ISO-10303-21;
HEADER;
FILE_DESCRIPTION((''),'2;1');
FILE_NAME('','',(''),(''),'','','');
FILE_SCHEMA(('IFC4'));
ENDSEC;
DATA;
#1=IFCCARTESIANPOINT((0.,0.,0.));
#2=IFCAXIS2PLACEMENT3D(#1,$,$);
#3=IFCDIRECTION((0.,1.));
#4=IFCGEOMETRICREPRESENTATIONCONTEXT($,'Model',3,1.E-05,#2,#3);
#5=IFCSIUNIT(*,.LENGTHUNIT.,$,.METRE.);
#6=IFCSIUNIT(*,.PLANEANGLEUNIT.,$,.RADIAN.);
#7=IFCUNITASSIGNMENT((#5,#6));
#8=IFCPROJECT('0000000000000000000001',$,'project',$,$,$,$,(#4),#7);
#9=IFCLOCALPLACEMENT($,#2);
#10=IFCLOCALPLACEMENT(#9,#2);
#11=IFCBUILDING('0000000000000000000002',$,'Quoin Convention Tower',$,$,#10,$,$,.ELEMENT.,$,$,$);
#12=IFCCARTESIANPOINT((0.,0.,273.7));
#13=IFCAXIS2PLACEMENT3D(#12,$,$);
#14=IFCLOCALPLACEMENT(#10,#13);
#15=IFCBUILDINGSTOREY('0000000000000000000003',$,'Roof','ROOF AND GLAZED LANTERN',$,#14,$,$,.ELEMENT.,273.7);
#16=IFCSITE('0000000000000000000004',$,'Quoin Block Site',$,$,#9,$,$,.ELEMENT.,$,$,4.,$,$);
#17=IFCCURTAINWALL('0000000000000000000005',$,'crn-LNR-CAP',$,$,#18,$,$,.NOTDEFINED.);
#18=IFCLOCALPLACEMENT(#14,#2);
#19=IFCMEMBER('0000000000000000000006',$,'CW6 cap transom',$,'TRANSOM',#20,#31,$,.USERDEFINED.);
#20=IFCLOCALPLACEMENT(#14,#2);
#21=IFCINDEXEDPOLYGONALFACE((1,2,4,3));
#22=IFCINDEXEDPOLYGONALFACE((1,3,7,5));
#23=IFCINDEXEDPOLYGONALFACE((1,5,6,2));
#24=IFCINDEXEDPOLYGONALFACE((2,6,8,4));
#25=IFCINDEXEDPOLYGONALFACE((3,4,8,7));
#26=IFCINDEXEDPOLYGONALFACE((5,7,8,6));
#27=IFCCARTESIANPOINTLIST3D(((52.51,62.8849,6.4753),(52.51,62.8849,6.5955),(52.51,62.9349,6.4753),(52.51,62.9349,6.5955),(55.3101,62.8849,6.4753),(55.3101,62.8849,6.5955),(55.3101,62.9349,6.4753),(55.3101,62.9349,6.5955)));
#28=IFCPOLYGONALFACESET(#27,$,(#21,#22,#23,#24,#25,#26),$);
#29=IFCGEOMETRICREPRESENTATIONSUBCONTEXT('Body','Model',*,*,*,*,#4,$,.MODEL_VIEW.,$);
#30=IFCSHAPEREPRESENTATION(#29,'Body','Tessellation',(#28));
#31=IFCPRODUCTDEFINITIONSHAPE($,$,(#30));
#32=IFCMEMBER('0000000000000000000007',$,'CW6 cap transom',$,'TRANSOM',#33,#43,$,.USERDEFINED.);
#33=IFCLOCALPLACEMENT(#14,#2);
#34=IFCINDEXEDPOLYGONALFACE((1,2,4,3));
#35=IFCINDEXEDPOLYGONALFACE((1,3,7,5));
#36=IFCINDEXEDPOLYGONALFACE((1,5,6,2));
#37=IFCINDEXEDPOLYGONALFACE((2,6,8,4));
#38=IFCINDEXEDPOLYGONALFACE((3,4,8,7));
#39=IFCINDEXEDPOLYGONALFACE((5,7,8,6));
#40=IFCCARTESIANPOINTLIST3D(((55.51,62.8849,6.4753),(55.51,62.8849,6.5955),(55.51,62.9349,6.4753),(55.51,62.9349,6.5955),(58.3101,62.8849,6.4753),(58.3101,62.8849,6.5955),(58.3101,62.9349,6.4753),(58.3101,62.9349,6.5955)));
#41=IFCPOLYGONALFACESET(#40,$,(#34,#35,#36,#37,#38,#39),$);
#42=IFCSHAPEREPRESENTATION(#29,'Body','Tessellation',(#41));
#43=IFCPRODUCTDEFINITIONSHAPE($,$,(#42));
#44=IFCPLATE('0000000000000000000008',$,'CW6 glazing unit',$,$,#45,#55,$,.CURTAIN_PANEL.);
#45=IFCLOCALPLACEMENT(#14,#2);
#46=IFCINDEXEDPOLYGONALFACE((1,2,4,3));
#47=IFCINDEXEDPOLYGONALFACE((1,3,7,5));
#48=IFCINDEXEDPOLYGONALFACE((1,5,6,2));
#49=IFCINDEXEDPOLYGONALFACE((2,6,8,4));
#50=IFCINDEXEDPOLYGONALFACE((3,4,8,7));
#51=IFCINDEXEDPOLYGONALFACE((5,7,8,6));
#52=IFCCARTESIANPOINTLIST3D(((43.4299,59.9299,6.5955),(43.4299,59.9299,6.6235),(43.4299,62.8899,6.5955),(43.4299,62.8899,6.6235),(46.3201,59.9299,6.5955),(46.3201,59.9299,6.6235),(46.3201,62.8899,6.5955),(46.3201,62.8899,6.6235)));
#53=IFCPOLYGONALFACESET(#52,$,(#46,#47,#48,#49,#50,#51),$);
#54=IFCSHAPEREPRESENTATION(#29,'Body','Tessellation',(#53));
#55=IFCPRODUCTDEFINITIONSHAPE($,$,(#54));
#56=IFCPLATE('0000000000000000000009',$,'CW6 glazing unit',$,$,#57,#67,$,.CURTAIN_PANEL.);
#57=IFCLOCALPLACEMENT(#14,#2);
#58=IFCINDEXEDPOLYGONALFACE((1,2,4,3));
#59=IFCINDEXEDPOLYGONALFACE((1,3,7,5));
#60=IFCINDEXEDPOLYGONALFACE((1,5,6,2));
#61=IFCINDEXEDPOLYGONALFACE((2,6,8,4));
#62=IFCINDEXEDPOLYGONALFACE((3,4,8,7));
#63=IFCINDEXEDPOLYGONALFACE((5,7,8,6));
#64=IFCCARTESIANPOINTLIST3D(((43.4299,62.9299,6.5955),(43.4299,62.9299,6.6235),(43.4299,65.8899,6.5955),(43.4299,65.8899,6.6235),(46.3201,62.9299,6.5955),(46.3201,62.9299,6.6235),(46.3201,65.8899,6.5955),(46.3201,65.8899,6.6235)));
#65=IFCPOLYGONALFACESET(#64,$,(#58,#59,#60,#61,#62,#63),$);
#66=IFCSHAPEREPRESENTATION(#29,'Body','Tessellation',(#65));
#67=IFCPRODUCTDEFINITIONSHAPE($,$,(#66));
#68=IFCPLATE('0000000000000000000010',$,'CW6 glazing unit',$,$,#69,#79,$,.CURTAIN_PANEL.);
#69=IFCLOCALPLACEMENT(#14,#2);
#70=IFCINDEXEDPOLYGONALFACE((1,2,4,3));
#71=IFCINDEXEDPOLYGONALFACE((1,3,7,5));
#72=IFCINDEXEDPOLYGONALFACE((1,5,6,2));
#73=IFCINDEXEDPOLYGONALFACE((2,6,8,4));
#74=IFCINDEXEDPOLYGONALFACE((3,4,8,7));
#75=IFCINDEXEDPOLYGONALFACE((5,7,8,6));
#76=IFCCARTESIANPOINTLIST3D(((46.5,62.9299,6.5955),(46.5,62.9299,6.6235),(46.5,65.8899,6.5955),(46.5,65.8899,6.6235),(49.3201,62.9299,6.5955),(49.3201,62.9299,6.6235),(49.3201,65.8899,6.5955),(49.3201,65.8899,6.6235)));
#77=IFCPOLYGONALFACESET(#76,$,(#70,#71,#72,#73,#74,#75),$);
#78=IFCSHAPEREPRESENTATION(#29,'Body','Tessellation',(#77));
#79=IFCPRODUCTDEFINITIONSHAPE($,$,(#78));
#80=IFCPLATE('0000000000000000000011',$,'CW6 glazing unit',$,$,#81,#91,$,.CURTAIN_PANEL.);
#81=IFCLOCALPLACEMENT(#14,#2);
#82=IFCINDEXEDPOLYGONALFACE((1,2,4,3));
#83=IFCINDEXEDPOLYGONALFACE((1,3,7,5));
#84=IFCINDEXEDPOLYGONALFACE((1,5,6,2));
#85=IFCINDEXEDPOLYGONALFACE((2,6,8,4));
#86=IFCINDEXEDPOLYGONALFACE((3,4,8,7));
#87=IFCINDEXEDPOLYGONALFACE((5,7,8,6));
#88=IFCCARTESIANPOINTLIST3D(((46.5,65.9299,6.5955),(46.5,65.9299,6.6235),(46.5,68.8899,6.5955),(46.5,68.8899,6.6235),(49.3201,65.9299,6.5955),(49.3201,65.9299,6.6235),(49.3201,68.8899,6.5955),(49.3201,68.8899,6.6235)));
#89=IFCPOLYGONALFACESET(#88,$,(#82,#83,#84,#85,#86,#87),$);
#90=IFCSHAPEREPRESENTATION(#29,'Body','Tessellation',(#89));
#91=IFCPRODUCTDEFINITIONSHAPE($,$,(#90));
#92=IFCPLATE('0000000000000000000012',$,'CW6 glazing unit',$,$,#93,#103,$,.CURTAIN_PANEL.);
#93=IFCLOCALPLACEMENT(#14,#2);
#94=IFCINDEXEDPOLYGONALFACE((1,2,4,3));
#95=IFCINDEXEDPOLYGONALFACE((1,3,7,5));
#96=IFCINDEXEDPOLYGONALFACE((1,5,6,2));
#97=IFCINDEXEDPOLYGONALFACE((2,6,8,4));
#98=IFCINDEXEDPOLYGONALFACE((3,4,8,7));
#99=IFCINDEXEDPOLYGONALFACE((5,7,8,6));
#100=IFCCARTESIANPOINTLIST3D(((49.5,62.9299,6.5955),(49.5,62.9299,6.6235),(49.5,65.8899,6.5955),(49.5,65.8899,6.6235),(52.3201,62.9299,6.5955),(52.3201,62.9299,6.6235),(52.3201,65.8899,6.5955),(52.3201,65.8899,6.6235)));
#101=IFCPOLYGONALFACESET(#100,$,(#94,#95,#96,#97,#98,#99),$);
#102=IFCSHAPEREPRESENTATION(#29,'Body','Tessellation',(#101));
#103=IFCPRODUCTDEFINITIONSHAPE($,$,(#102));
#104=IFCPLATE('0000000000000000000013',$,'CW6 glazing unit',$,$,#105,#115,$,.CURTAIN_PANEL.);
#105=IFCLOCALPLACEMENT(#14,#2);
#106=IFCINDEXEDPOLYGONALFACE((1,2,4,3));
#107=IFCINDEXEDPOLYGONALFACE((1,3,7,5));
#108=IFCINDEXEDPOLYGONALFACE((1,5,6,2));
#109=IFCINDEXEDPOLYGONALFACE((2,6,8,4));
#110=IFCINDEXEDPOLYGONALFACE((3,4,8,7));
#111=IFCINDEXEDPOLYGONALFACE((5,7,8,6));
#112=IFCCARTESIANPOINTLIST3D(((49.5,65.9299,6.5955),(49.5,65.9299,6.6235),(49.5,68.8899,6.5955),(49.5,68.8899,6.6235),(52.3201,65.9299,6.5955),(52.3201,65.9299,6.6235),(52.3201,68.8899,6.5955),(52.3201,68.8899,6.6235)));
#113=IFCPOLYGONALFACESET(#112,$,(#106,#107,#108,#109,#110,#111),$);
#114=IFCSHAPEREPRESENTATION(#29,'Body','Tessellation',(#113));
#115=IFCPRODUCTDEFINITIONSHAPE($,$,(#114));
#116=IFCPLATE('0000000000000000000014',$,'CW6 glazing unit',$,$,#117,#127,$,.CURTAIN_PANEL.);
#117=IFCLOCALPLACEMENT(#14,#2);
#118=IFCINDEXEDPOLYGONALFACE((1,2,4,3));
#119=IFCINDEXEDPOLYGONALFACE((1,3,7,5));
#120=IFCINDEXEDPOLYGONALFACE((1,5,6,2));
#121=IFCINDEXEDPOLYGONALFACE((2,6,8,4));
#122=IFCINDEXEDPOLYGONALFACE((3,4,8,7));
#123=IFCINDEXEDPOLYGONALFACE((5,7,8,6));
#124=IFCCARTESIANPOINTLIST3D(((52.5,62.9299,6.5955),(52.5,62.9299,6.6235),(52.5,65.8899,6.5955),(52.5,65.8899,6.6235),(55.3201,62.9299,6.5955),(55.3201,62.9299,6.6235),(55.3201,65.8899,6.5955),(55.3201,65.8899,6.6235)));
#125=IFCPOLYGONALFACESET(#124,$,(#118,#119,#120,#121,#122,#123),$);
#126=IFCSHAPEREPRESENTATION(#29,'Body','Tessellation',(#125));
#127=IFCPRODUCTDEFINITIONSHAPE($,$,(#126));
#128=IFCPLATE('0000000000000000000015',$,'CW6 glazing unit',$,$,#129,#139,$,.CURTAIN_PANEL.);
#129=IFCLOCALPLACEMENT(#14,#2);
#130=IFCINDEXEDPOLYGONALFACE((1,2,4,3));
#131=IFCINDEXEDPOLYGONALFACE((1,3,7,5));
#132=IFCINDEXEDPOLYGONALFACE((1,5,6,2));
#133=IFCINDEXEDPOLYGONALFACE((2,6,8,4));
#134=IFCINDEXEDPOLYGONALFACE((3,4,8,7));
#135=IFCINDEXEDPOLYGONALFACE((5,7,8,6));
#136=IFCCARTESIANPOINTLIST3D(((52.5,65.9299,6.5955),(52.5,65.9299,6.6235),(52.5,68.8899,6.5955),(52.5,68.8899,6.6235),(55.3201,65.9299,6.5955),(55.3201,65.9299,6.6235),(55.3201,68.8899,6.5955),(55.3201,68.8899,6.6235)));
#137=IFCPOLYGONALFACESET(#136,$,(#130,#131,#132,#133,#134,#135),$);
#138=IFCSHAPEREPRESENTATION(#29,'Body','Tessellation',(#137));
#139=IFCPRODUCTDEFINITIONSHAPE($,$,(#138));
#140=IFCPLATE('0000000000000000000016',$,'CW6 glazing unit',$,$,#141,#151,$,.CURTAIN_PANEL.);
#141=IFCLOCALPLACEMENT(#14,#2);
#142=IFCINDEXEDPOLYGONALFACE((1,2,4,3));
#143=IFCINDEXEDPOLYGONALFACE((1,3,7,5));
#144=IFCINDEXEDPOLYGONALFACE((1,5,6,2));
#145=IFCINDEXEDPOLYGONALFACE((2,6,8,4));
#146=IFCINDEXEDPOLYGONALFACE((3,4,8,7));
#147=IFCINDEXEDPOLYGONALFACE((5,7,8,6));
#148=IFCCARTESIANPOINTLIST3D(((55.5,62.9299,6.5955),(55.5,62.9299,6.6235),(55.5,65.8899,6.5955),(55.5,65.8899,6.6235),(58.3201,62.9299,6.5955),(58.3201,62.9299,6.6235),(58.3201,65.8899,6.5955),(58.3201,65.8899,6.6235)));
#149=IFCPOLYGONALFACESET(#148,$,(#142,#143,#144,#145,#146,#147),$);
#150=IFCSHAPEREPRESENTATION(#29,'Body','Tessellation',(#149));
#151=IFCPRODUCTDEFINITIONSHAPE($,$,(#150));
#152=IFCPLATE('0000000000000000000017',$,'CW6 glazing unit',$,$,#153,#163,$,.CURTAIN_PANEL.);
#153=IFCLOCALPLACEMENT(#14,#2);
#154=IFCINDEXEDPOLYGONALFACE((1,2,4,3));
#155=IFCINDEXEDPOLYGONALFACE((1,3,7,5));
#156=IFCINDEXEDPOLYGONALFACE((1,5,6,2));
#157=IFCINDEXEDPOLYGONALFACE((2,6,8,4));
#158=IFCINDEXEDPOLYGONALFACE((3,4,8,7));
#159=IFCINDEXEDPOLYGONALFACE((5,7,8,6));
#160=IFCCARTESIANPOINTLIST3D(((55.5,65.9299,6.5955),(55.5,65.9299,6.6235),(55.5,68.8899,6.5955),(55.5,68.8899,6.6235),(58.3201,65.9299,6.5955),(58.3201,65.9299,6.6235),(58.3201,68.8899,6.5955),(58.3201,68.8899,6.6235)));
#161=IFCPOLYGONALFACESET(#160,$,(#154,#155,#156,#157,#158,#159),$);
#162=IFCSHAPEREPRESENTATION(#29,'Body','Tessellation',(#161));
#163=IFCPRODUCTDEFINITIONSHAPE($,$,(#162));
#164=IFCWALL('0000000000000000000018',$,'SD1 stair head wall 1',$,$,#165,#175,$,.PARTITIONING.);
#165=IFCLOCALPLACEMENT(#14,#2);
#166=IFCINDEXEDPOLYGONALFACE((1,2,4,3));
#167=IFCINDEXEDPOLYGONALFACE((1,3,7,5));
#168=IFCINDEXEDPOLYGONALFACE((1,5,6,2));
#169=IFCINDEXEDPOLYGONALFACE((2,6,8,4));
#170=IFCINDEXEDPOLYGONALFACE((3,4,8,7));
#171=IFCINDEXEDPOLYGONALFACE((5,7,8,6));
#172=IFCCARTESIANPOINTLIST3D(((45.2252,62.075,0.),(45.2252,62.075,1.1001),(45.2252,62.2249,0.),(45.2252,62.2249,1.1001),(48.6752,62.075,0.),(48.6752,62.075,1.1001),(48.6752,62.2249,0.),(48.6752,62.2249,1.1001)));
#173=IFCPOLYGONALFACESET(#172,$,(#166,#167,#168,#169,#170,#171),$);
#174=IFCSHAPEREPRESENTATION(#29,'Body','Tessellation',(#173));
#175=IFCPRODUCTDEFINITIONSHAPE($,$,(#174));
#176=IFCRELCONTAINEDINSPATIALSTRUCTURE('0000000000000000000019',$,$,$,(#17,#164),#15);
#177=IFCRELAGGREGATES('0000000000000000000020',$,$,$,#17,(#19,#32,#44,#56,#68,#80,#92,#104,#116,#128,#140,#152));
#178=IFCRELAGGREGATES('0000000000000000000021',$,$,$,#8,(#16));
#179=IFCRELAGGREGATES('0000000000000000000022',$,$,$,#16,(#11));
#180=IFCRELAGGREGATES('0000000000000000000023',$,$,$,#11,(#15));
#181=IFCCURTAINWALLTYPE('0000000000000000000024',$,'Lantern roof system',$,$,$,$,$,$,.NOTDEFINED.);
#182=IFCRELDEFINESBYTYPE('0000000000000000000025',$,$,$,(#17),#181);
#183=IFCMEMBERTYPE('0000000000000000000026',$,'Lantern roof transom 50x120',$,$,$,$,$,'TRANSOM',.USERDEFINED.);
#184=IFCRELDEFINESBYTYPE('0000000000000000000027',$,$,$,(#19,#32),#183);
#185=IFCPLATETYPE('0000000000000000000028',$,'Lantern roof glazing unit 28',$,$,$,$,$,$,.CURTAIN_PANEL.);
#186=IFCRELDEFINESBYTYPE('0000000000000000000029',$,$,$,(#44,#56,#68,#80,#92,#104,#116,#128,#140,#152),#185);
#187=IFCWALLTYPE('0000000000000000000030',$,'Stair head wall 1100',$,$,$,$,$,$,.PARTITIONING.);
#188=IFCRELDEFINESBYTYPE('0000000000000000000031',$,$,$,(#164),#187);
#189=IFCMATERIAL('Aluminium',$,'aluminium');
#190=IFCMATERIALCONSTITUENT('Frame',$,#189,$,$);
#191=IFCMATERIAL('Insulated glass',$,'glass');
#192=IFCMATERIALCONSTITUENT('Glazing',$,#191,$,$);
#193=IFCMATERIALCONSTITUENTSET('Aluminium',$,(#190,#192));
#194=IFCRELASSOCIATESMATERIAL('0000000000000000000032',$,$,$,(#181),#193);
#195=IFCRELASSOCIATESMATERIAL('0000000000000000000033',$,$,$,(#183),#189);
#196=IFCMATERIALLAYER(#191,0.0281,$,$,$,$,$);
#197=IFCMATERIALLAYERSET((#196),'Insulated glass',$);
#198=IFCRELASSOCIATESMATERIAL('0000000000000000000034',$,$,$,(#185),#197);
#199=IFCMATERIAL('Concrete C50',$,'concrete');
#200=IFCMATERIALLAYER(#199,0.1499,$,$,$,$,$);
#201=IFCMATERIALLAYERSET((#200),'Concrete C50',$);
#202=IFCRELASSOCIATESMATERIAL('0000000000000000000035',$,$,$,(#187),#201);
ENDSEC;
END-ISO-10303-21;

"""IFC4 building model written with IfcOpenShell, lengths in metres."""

from ifc_helpers import new_model, si_unit, direction, frame, frame_2d, origin, origin_2d, place, context, subcontext, project, spatial, polyline, rectangle, outline, extrude, material, layer, layer_set, constituent, constituent_set, material_profile, profile_set, type_object, element, aggregate, save


model = new_model("IFC4")

# Units and contexts
model_context = context("Model", 3, precision=1e-05, world=origin(), true_north=direction((0.0, 1.0)))
body_context = subcontext(model_context, "Body", "Model", "MODEL_VIEW")
ifc_project = project(units=[si_unit("LENGTHUNIT", "METRE"), si_unit("PLANEANGLEUNIT", "RADIAN")], contexts=[model_context])

# Site, building, storey
site_placement = place(None, origin())
site = spatial("IfcSite", under=ifc_project, at=site_placement, Name="Quoin Block Site", CompositionType="ELEMENT", RefElevation=4.0)
building_placement = place(site_placement, origin())
building = spatial("IfcBuilding", under=site, at=building_placement, Name="Quoin Convention Tower", CompositionType="ELEMENT")
storey_placement = place(building_placement, frame((0.0, 0.0, 273.7)))
storey = spatial("IfcBuildingStorey", under=building, at=storey_placement, Name="Roof", Description="ROOF AND GLAZED LANTERN", CompositionType="ELEMENT", Elevation=273.7)

# Curtain wall, members, plates
ifc_material_1 = material(Name="Aluminium", Category="aluminium")
ifc_constituent_1 = constituent(ifc_material_1, Name="Frame")
ifc_material_2 = material(Name="Insulated glass", Category="glass")
ifc_constituent_2 = constituent(ifc_material_2, Name="Glazing")
ifc_constituent_set = constituent_set(constituents=[ifc_constituent_1, ifc_constituent_2], Name="Aluminium")
curtain_wall_type = type_object("IfcCurtainWallType", Name="Lantern roof system", PredefinedType="NOTDEFINED", material=ifc_constituent_set)
curtain_wall_placement = place(storey_placement, origin())
curtain_wall = element("IfcCurtainWall", 1, at=curtain_wall_placement, inside=storey, type_object=curtain_wall_type, Name="crn-LNR-CAP", PredefinedType="NOTDEFINED")
ifc_material_profile_1 = material_profile(ifc_material_1, rectangle(XDim=0.1201, YDim=0.05, at=origin_2d()), Name="Lantern roof transom 50x120")
ifc_profile_set_1 = profile_set([ifc_material_profile_1], Name="Aluminium")
member_type_1 = type_object("IfcMemberType", Name="Lantern roof transom 50x120", ElementType="TRANSOM", PredefinedType="USERDEFINED", material=ifc_profile_set_1)
member_1_placement = place(storey_placement, frame((52.51, 62.9099, 6.5354), z_axis=(1.0, 0.0, 0.0), x_axis=(0.0, 0.0, 1.0)))
member_1 = element("IfcMember", 2, at=member_1_placement, type_object=member_type_1, Name="CW6 cap transom", ObjectType="TRANSOM", PredefinedType="USERDEFINED", context=body_context, shape_type="SweptSolid", body=[
    extrude(rectangle(XDim=0.1201, YDim=0.05, at=origin_2d()), origin(), (0.0, 0.0, 1.0), 2.8),
])
member_2_placement = place(storey_placement, frame((55.51, 62.9099, 6.5354), z_axis=(1.0, 0.0, 0.0), x_axis=(0.0, 0.0, 1.0)))
member_2 = element("IfcMember", 3, at=member_2_placement, type_object=member_type_1, Name="CW6 cap transom", ObjectType="TRANSOM", PredefinedType="USERDEFINED", context=body_context, shape_type="SweptSolid", body=[
    extrude(rectangle(XDim=0.1201, YDim=0.05, at=origin_2d()), origin(), (0.0, 0.0, 1.0), 2.8),
])
ifc_layer_1 = layer(ifc_material_2, 0.0281)
ifc_layer_set_1 = layer_set([ifc_layer_1], Name="Insulated glass")
plate_type = type_object("IfcPlateType", Name="Lantern roof glazing unit 28", PredefinedType="CURTAIN_PANEL", material=ifc_layer_set_1)
plate_1_placement = place(storey_placement, frame((46.3201, 62.8899, 6.6235), z_axis=(0.0, 0.0, 1.0), x_axis=(0.0, -1.0, 0.0)))
plate_1 = element("IfcPlate", 4, at=plate_1_placement, type_object=plate_type, Name="CW6 glazing unit", PredefinedType="CURTAIN_PANEL", context=body_context, shape_type="SweptSolid", body=[
    extrude(outline(polyline([(0.0, 0.0), (2.96, 0.0), (2.96, -2.8901), (0.0, -2.8901), (0.0, 0.0)])), origin(), (0.0, 0.0, -1.0), 0.0281),
])
plate_2_placement = place(storey_placement, frame((46.3201, 65.8899, 6.6235), z_axis=(0.0, 0.0, 1.0), x_axis=(0.0, -1.0, 0.0)))
plate_2 = element("IfcPlate", 5, at=plate_2_placement, type_object=plate_type, Name="CW6 glazing unit", PredefinedType="CURTAIN_PANEL", context=body_context, shape_type="SweptSolid", body=[
    extrude(outline(polyline([(0.0, 0.0), (2.96, 0.0), (2.96, -2.8901), (0.0, -2.8901), (0.0, 0.0)])), origin(), (0.0, 0.0, -1.0), 0.0281),
])
plate_3_placement = place(storey_placement, frame((46.5, 62.9299, 6.6235), z_axis=(0.0, 0.0, 1.0), x_axis=(0.0, 1.0, 0.0)))
plate_3 = element("IfcPlate", 6, at=plate_3_placement, type_object=plate_type, Name="CW6 glazing unit", PredefinedType="CURTAIN_PANEL", context=body_context, shape_type="SweptSolid", body=[
    extrude(outline(polyline([(0.0, 0.0), (2.96, 0.0), (2.96, -2.8201), (0.0, -2.8201), (0.0, 0.0)])), origin(), (0.0, 0.0, -1.0), 0.0281),
])
plate_4_placement = place(storey_placement, frame((46.5, 65.9299, 6.6235), z_axis=(0.0, 0.0, 1.0), x_axis=(0.0, 1.0, 0.0)))
plate_4 = element("IfcPlate", 7, at=plate_4_placement, type_object=plate_type, Name="CW6 glazing unit", PredefinedType="CURTAIN_PANEL", context=body_context, shape_type="SweptSolid", body=[
    extrude(outline(polyline([(0.0, 0.0), (2.96, 0.0), (2.96, -2.8201), (0.0, -2.8201), (0.0, 0.0)])), origin(), (0.0, 0.0, -1.0), 0.0281),
])
plate_5_placement = place(storey_placement, frame((49.5, 62.9299, 6.6235), z_axis=(0.0, 0.0, 1.0), x_axis=(0.0, 1.0, 0.0)))
plate_5 = element("IfcPlate", 8, at=plate_5_placement, type_object=plate_type, Name="CW6 glazing unit", PredefinedType="CURTAIN_PANEL", context=body_context, shape_type="SweptSolid", body=[
    extrude(outline(polyline([(0.0, 0.0), (2.96, 0.0), (2.96, -2.8201), (0.0, -2.8201), (0.0, 0.0)])), origin(), (0.0, 0.0, -1.0), 0.0281),
])
plate_6_placement = place(storey_placement, frame((49.5, 65.9299, 6.6235), z_axis=(0.0, 0.0, 1.0), x_axis=(0.0, 1.0, 0.0)))
plate_6 = element("IfcPlate", 9, at=plate_6_placement, type_object=plate_type, Name="CW6 glazing unit", PredefinedType="CURTAIN_PANEL", context=body_context, shape_type="SweptSolid", body=[
    extrude(outline(polyline([(0.0, 0.0), (2.96, 0.0), (2.96, -2.8201), (0.0, -2.8201), (0.0, 0.0)])), origin(), (0.0, 0.0, -1.0), 0.0281),
])
plate_7_placement = place(storey_placement, frame((52.5, 62.9299, 6.6235), z_axis=(0.0, 0.0, 1.0), x_axis=(0.0, 1.0, 0.0)))
plate_7 = element("IfcPlate", 10, at=plate_7_placement, type_object=plate_type, Name="CW6 glazing unit", PredefinedType="CURTAIN_PANEL", context=body_context, shape_type="SweptSolid", body=[
    extrude(outline(polyline([(0.0, 0.0), (2.96, 0.0), (2.96, -2.8201), (0.0, -2.8201), (0.0, 0.0)])), origin(), (0.0, 0.0, -1.0), 0.0281),
])
plate_8_placement = place(storey_placement, frame((52.5, 65.9299, 6.6235), z_axis=(0.0, 0.0, 1.0), x_axis=(0.0, 1.0, 0.0)))
plate_8 = element("IfcPlate", 11, at=plate_8_placement, type_object=plate_type, Name="CW6 glazing unit", PredefinedType="CURTAIN_PANEL", context=body_context, shape_type="SweptSolid", body=[
    extrude(outline(polyline([(0.0, 0.0), (2.96, 0.0), (2.96, -2.8201), (0.0, -2.8201), (0.0, 0.0)])), origin(), (0.0, 0.0, -1.0), 0.0281),
])
plate_9_placement = place(storey_placement, frame((55.5, 62.9299, 6.6235), z_axis=(0.0, 0.0, 1.0), x_axis=(0.0, 1.0, 0.0)))
plate_9 = element("IfcPlate", 12, at=plate_9_placement, type_object=plate_type, Name="CW6 glazing unit", PredefinedType="CURTAIN_PANEL", context=body_context, shape_type="SweptSolid", body=[
    extrude(outline(polyline([(0.0, 0.0), (2.96, 0.0), (2.96, -2.8201), (0.0, -2.8201), (0.0, 0.0)])), origin(), (0.0, 0.0, -1.0), 0.0281),
])
plate_10_placement = place(storey_placement, frame((55.5, 65.9299, 6.6235), z_axis=(0.0, 0.0, 1.0), x_axis=(0.0, 1.0, 0.0)))
plate_10 = element("IfcPlate", 13, at=plate_10_placement, type_object=plate_type, Name="CW6 glazing unit", PredefinedType="CURTAIN_PANEL", context=body_context, shape_type="SweptSolid", body=[
    extrude(outline(polyline([(0.0, 0.0), (2.96, 0.0), (2.96, -2.8201), (0.0, -2.8201), (0.0, 0.0)])), origin(), (0.0, 0.0, -1.0), 0.0281),
])
aggregate(curtain_wall, [member_1, member_2, plate_1, plate_2, plate_3, plate_4, plate_5, plate_6, plate_7, plate_8, plate_9, plate_10])

# Wall
ifc_material_3 = material(Name="Concrete C50", Category="concrete")
ifc_layer_2 = layer(ifc_material_3, 0.1499)
ifc_layer_set_2 = layer_set([ifc_layer_2], Name="Concrete C50")
wall_type = type_object("IfcWallType", Name="Stair head wall 1100", PredefinedType="PARTITIONING", material=ifc_layer_set_2)
wall_placement = place(storey_placement, frame((45.2251, 62.1499, 0.0), z_axis=(0.0, 0.0, 1.0), x_axis=(1.0, 0.0, 0.0)))
element("IfcWall", 14, at=wall_placement, inside=storey, type_object=wall_type, Name="SD1 stair head wall 1", PredefinedType="PARTITIONING", context=body_context, shape_type="SweptSolid", body=[
    extrude(rectangle(XDim=3.45, YDim=0.1499, at=frame_2d((1.7251, 0.0))), origin(), (0.0, 0.0, 1.0), 1.1001),
])

save(model, "model.ifc")
